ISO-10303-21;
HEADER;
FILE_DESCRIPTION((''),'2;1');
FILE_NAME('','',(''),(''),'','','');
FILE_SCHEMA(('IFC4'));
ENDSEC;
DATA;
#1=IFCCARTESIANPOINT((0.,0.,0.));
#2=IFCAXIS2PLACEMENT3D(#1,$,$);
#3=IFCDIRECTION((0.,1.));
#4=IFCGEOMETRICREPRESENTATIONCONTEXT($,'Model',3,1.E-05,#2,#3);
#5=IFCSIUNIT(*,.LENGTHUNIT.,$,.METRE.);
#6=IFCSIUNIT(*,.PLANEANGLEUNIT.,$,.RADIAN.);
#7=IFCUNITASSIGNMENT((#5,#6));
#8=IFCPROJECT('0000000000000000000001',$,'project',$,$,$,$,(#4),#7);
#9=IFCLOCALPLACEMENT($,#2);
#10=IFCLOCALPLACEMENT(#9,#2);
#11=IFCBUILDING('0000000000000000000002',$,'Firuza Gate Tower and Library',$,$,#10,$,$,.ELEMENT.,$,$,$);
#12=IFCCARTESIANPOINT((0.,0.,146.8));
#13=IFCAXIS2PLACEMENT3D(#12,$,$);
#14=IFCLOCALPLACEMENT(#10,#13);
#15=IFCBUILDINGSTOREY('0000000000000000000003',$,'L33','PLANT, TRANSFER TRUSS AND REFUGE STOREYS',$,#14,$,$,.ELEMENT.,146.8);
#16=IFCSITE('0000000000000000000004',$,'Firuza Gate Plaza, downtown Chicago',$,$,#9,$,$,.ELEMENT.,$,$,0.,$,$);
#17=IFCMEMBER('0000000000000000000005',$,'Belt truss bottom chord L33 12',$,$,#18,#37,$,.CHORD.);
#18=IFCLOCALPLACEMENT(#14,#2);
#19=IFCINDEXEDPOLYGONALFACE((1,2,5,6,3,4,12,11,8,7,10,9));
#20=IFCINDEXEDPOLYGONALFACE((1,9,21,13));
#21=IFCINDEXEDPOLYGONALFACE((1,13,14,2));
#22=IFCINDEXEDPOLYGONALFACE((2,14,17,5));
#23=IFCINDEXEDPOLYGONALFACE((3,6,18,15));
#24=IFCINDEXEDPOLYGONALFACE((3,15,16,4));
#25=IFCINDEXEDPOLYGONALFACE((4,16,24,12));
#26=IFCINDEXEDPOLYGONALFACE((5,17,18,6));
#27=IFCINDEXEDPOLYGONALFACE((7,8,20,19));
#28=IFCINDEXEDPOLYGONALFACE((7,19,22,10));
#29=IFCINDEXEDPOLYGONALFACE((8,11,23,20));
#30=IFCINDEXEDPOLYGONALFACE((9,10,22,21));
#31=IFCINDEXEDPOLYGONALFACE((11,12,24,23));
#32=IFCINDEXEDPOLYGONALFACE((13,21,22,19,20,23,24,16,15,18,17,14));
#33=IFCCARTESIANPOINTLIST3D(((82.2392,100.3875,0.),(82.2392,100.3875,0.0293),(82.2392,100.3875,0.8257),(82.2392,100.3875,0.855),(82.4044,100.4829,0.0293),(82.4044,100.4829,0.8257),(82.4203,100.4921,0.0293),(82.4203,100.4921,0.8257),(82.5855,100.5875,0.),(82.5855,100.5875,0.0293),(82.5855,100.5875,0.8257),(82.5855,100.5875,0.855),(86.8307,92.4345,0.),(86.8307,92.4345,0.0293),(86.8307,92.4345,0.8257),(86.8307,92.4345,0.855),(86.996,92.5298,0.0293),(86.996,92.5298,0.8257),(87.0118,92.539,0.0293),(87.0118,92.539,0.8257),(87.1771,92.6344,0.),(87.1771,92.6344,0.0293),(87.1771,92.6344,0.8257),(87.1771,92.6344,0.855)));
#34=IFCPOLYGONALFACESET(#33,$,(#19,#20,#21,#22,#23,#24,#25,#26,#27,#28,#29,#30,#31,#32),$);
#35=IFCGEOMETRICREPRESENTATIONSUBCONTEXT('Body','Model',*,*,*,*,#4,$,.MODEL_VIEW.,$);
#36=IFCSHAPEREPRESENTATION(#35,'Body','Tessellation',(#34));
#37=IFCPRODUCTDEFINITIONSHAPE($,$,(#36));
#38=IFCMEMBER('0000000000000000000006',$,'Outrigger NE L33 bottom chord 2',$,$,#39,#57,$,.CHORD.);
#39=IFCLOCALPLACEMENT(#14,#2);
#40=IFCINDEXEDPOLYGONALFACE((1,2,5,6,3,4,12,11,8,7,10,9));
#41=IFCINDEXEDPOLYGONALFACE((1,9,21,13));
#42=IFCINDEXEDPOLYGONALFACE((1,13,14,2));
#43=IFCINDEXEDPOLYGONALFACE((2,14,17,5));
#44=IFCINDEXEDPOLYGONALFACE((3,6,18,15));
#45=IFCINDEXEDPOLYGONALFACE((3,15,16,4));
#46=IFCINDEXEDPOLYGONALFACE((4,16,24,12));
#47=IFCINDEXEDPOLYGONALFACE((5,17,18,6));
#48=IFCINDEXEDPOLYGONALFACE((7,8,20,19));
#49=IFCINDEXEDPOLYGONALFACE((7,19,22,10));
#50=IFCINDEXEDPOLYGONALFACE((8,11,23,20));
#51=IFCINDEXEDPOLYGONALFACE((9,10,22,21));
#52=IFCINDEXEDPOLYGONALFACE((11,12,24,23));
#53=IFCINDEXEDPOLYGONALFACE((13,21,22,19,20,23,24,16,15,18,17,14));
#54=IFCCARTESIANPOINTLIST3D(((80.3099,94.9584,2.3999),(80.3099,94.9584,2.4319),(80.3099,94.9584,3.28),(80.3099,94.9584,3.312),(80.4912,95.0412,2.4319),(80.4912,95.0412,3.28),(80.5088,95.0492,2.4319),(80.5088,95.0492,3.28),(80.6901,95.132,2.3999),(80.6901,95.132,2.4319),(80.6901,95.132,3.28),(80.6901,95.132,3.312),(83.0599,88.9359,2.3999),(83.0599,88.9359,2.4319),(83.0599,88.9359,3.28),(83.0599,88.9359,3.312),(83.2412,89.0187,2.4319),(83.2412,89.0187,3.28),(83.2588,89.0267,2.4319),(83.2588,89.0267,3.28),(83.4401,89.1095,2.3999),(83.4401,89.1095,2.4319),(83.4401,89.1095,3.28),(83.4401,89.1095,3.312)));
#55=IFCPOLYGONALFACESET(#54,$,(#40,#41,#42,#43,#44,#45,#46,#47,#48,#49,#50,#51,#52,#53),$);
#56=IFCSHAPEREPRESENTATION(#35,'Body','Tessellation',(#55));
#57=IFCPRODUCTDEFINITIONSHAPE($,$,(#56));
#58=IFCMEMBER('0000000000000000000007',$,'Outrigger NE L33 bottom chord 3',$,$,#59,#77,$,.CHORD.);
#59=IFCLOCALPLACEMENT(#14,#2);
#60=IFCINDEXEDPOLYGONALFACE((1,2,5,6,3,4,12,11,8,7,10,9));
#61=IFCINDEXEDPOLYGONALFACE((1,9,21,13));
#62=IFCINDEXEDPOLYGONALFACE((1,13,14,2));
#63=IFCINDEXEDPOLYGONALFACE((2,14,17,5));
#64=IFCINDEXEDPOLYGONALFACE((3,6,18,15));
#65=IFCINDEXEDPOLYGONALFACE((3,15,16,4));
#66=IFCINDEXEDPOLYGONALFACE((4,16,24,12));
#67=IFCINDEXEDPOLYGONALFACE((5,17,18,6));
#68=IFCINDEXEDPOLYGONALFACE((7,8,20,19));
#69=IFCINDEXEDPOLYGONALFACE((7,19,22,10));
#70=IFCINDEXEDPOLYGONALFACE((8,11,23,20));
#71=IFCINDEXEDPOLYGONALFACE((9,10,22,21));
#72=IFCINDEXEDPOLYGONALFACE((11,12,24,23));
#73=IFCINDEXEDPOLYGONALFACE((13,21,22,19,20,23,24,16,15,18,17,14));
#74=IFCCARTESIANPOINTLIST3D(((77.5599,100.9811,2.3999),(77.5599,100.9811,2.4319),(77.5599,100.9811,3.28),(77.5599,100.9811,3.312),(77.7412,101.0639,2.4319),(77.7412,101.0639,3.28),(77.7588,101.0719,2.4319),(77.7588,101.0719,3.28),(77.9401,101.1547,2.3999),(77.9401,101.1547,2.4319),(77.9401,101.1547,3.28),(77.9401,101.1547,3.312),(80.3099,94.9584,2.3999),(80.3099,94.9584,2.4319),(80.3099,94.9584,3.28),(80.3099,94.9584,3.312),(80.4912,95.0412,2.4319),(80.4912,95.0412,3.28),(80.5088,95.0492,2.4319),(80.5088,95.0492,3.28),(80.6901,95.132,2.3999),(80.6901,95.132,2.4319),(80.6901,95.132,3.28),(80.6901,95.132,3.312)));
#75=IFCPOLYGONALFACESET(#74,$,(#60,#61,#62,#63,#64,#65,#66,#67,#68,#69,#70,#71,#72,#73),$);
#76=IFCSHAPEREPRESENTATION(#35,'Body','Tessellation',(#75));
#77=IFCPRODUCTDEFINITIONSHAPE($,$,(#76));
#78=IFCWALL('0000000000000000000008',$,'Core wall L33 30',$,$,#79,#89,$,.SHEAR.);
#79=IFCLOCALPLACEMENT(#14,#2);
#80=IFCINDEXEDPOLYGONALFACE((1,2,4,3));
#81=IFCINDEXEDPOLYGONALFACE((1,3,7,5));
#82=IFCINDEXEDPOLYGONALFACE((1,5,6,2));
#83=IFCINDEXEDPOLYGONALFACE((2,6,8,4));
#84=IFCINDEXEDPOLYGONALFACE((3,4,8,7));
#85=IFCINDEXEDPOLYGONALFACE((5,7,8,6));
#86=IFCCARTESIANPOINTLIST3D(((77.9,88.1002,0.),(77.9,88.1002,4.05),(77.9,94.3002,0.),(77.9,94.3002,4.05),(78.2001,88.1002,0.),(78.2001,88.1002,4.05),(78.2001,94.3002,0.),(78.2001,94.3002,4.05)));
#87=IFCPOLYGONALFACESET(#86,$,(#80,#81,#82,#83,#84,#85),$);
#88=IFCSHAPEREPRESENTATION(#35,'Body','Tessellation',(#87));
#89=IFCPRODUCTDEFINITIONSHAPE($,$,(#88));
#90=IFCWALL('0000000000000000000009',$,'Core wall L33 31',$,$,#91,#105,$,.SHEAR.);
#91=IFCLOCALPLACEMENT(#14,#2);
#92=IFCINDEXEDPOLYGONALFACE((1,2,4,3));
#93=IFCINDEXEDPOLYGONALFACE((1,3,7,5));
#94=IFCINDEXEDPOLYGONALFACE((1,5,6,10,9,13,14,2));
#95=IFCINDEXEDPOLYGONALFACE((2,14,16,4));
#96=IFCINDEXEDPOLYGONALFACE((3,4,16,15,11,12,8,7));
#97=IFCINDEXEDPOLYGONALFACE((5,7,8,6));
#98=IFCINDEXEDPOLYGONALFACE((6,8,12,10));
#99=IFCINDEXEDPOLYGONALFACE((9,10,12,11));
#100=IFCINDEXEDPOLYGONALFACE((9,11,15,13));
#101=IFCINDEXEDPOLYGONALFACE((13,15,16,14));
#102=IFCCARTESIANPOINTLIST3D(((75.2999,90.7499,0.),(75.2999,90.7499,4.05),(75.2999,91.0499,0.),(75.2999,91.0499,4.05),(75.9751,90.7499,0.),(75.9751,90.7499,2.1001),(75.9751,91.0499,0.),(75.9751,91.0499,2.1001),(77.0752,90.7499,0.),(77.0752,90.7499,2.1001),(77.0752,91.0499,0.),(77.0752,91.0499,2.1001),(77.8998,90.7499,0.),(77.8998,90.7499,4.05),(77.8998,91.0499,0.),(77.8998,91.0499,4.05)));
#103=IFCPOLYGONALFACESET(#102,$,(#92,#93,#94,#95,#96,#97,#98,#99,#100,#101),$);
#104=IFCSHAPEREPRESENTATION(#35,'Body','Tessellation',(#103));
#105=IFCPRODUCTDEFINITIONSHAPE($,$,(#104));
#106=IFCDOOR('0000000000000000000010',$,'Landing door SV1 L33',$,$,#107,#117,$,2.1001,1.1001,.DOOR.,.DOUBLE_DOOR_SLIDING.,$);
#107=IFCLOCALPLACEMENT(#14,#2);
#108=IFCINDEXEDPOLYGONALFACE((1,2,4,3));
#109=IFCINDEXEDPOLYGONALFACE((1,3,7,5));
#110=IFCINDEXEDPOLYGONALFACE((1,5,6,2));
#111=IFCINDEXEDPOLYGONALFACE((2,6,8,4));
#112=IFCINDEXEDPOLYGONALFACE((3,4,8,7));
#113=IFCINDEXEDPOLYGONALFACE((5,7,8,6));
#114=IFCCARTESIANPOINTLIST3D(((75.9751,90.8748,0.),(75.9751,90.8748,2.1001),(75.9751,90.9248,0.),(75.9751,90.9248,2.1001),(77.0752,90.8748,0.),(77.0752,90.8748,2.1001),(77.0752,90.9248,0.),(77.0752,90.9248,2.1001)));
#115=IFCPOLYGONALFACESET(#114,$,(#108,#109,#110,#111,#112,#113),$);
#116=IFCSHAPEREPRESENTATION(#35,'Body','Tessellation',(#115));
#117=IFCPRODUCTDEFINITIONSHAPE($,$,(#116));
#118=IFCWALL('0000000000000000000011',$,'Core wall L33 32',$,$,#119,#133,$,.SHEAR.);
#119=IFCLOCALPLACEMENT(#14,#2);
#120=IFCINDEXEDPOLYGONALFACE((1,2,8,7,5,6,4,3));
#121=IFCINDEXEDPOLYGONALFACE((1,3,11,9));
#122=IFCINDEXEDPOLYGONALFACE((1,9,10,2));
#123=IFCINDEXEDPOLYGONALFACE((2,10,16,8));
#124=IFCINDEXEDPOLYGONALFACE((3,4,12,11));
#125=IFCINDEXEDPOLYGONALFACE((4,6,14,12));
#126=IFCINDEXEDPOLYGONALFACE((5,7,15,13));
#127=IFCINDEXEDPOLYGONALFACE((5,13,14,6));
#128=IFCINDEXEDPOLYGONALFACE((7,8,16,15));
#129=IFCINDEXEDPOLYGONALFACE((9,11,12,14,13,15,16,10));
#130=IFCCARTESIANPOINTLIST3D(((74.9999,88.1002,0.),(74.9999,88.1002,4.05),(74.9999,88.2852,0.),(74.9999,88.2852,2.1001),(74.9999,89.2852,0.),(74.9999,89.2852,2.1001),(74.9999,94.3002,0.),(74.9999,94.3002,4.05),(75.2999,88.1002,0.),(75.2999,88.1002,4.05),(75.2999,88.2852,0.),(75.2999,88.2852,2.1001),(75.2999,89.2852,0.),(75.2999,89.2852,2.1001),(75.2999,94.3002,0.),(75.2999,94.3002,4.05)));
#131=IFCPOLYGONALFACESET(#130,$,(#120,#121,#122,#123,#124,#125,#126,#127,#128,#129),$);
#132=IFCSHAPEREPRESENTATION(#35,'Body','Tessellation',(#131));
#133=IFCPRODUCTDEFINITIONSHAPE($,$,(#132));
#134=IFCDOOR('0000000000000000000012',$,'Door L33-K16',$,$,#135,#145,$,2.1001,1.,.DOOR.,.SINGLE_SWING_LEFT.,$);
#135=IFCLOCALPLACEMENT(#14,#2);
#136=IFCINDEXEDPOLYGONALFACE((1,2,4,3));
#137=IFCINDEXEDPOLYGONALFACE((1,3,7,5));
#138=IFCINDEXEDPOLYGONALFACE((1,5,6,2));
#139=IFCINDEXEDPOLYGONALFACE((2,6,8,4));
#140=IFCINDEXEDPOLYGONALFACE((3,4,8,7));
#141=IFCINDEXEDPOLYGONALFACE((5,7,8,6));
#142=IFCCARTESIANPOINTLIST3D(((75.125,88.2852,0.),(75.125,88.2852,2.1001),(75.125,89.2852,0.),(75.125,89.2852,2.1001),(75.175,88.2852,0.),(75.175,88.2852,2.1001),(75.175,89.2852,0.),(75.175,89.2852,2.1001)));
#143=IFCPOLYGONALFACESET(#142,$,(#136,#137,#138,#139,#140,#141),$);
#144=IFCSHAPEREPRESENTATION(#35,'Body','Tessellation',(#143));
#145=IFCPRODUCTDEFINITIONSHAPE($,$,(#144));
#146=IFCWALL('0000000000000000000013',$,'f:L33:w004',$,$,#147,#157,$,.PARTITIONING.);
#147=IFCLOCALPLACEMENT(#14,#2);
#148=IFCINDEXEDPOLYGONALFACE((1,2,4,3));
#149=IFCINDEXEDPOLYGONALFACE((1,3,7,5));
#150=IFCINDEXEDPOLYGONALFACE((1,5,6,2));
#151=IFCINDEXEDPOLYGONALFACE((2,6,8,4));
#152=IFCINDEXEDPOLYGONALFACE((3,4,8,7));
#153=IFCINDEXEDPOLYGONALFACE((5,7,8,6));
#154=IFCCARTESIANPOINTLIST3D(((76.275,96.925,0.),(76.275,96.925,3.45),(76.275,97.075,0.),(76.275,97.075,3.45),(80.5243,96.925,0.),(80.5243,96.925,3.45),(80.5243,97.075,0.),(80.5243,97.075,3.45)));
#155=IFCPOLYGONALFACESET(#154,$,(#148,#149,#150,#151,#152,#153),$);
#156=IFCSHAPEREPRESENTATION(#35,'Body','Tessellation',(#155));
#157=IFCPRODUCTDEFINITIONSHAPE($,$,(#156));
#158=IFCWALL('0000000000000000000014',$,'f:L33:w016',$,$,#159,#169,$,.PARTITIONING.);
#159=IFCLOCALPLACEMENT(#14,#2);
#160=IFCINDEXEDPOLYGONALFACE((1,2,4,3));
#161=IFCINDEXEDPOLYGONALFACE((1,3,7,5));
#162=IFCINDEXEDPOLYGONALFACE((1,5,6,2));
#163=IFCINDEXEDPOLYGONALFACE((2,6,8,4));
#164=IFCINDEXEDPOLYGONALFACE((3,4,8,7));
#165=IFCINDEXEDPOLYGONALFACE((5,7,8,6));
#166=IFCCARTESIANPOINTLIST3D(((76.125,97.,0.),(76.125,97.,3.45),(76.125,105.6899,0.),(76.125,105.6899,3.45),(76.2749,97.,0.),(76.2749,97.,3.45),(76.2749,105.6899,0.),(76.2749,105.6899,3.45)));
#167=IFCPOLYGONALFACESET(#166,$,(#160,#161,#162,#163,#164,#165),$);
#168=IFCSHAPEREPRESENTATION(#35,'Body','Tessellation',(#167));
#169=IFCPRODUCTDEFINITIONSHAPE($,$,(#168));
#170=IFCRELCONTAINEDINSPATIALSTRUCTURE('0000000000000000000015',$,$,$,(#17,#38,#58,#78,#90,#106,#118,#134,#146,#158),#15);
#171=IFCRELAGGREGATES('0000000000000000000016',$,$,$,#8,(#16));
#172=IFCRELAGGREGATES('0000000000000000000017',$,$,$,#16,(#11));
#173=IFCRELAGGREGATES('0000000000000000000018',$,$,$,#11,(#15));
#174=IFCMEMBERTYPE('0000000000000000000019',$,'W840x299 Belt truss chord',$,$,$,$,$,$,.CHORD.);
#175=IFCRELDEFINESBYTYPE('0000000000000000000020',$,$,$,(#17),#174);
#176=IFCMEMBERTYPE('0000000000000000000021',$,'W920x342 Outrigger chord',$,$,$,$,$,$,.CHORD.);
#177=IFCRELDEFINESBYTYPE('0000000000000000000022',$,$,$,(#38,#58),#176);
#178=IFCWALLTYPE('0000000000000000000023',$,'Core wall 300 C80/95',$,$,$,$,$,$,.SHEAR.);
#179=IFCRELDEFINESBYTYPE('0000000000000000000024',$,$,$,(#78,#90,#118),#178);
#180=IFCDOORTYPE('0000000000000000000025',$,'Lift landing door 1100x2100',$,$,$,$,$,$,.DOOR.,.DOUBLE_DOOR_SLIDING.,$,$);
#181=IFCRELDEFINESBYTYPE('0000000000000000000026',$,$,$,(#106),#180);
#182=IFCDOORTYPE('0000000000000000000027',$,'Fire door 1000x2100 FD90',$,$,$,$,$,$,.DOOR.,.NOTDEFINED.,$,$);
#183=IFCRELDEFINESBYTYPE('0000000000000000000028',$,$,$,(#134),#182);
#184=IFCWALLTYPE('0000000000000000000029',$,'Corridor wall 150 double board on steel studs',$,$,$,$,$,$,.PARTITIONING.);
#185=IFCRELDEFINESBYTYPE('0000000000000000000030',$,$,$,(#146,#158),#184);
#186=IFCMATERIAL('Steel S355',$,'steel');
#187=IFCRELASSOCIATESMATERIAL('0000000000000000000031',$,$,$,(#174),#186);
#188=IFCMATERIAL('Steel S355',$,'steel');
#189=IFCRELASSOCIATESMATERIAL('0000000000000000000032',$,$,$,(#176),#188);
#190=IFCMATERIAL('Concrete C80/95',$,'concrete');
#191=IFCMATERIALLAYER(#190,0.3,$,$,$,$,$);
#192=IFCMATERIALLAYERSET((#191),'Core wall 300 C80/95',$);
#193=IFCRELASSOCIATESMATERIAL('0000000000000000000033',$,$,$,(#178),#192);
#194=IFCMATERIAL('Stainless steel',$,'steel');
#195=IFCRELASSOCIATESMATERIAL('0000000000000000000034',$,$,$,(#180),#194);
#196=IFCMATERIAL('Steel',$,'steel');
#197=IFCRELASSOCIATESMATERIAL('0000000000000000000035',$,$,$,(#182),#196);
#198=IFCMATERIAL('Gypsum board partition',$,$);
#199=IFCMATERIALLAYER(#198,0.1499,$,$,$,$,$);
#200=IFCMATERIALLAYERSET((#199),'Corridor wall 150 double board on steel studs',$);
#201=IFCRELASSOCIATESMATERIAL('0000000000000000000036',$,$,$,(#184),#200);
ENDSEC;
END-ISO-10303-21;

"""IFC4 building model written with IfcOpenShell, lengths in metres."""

from ifc_helpers import new_model, si_unit, direction, frame, frame_2d, origin, origin_2d, place, context, subcontext, project, spatial, rectangle, i_section, extrude, material, layer, layer_set, material_profile, profile_set, type_object, element, fill, save


model = new_model("IFC4")

# Units and contexts
model_context = context("Model", 3, precision=1e-05, world=origin(), true_north=direction((0.0, 1.0)))
body_context = subcontext(model_context, "Body", "Model", "MODEL_VIEW")
ifc_project = project(units=[si_unit("LENGTHUNIT", "METRE"), si_unit("PLANEANGLEUNIT", "RADIAN")], contexts=[model_context])

# Site, building, storey
site_placement = place(None, origin())
site = spatial("IfcSite", under=ifc_project, at=site_placement, Name="Firuza Gate Plaza, downtown Chicago", CompositionType="ELEMENT", RefElevation=0.0)
building_placement = place(site_placement, origin())
building = spatial("IfcBuilding", under=site, at=building_placement, Name="Firuza Gate Tower and Library", CompositionType="ELEMENT")
storey_placement = place(building_placement, frame((0.0, 0.0, 146.8)))
storey = spatial("IfcBuildingStorey", under=building, at=storey_placement, Name="L33", Description="PLANT, TRANSFER TRUSS AND REFUGE STOREYS", CompositionType="ELEMENT", Elevation=146.8)

# Members
ifc_material_1 = material(Name="Steel S355", Category="steel")
ifc_material_profile_1 = material_profile(ifc_material_1, i_section(OverallWidth=0.3999, OverallDepth=0.855, WebThickness=0.0183, FlangeThickness=0.0293, at=origin_2d()))
ifc_profile_set_1 = profile_set([ifc_material_profile_1], Name="Steel S355")
member_type_1 = type_object("IfcMemberType", Name="W840x299 Belt truss chord", PredefinedType="CHORD", material=ifc_profile_set_1)
member_1_placement = place(storey_placement, frame((87.0039, 92.5344, 0.4275), z_axis=(-0.499985, 0.866034, 0.0), x_axis=(-0.866034, -0.499985, 0.0)))
element("IfcMember", 1, at=member_1_placement, inside=storey, type_object=member_type_1, Name="Belt truss bottom chord L33 12", PredefinedType="CHORD", context=body_context, shape_type="SweptSolid", body=[
    extrude(i_section(OverallWidth=0.3999, OverallDepth=0.855, WebThickness=0.0183, FlangeThickness=0.0293, at=origin_2d()), origin(), (0.0, 0.0, 1.0), 9.1833),
])
ifc_material_2 = material(Name="Steel S355", Category="steel")
ifc_material_profile_2 = material_profile(ifc_material_2, i_section(OverallWidth=0.418, OverallDepth=0.9121, WebThickness=0.0193, FlangeThickness=0.032, at=origin_2d()))
ifc_profile_set_2 = profile_set([ifc_material_profile_2], Name="Steel S355")
member_type_2 = type_object("IfcMemberType", Name="W920x342 Outrigger chord", PredefinedType="CHORD", material=ifc_profile_set_2)
member_2_placement = place(storey_placement, frame((83.25, 89.0227, 2.856), z_axis=(-0.415369, 0.909653, 0.0), x_axis=(-0.909653, -0.415369, 0.0)))
element("IfcMember", 2, at=member_2_placement, inside=storey, type_object=member_type_2, Name="Outrigger NE L33 bottom chord 2", PredefinedType="CHORD", context=body_context, shape_type="SweptSolid", body=[
    extrude(i_section(OverallWidth=0.418, OverallDepth=0.9121, WebThickness=0.0193, FlangeThickness=0.032, at=origin_2d()), origin(), (0.0, 0.0, 1.0), 6.6206),
])
member_3_placement = place(storey_placement, frame((80.5, 95.0452, 2.856), z_axis=(-0.415355, 0.909659, 0.0), x_axis=(-0.909659, -0.415355, 0.0)))
element("IfcMember", 3, at=member_3_placement, inside=storey, type_object=member_type_2, Name="Outrigger NE L33 bottom chord 3", PredefinedType="CHORD", context=body_context, shape_type="SweptSolid", body=[
    extrude(i_section(OverallWidth=0.418, OverallDepth=0.9121, WebThickness=0.0193, FlangeThickness=0.032, at=origin_2d()), origin(), (0.0, 0.0, 1.0), 6.6208),
])

# Wall
ifc_material_3 = material(Name="Concrete C80/95", Category="concrete")
ifc_layer_1 = layer(ifc_material_3, 0.3)
ifc_layer_set_1 = layer_set([ifc_layer_1], Name="Core wall 300 C80/95")
wall_type_1 = type_object("IfcWallType", Name="Core wall 300 C80/95", PredefinedType="SHEAR", material=ifc_layer_set_1)
wall_1_placement = place(storey_placement, frame((78.05, 88.1001, 0.0), z_axis=(0.0, 0.0, 1.0), x_axis=(0.0, 1.0, 0.0)))
element("IfcWall", 4, at=wall_1_placement, inside=storey, type_object=wall_type_1, Name="Core wall L33 30", PredefinedType="SHEAR", context=body_context, shape_type="SweptSolid", body=[
    extrude(rectangle(XDim=6.2, YDim=0.3, at=frame_2d((3.1001, 0.0))), origin(), (0.0, 0.0, 1.0), 4.05),
])

# Walls, openings, doors
wall_2_placement = place(storey_placement, frame((75.3, 90.8999, 0.0), z_axis=(0.0, 0.0, 1.0), x_axis=(1.0, 0.0, 0.0)))
wall_2 = element("IfcWall", 5, at=wall_2_placement, inside=storey, type_object=wall_type_1, Name="Core wall L33 31", PredefinedType="SHEAR", context=body_context, shape_type="SweptSolid", body=[
    extrude(rectangle(XDim=2.5999, YDim=0.3, at=frame_2d((1.2998, 0.0))), origin(), (0.0, 0.0, 1.0), 4.05),
])
opening_1_placement = place(wall_2_placement, frame((0.675, 0.0, 0.0)))
opening_1 = element("IfcOpeningElement", 6, at=opening_1_placement, cuts=wall_2, PredefinedType="OPENING", context=body_context, shape_type="SweptSolid", body=[
    extrude(rectangle(XDim=1.1001, YDim=2.1001, at=frame_2d((0.55, 1.05))), frame((0.0, 0.1602, 0.0), z_axis=(0.0, -1.0, 0.0), x_axis=(1.0, 0.0, 0.0)), (0.0, 0.0, 1.0), 0.3201),
])
ifc_material_4 = material(Name="Stainless steel", Category="steel")
door_type_1 = type_object("IfcDoorType", Name="Lift landing door 1100x2100", OperationType="DOUBLE_DOOR_SLIDING", PredefinedType="DOOR", material=ifc_material_4)
door_1_placement = place(opening_1_placement, origin())
door_1 = element("IfcDoor", 7, at=door_1_placement, inside=storey, type_object=door_type_1, Name="Landing door SV1 L33", OperationType="DOUBLE_DOOR_SLIDING", OverallHeight=2.1001, OverallWidth=1.1001, PredefinedType="DOOR", context=body_context, shape_type="SweptSolid", body=[
    extrude(rectangle(XDim=1.1001, YDim=2.1001, at=frame_2d((0.55, 1.05))), frame((0.0, 0.0249, 0.0), z_axis=(0.0, -1.0, 0.0), x_axis=(1.0, 0.0, 0.0)), (0.0, 0.0, 1.0), 0.05),
])
fill(opening_1, door_1)
wall_3_placement = place(storey_placement, frame((75.1499, 88.1001, 0.0), z_axis=(0.0, 0.0, 1.0), x_axis=(0.0, 1.0, 0.0)))
wall_3 = element("IfcWall", 8, at=wall_3_placement, inside=storey, type_object=wall_type_1, Name="Core wall L33 32", PredefinedType="SHEAR", context=body_context, shape_type="SweptSolid", body=[
    extrude(rectangle(XDim=6.2, YDim=0.3, at=frame_2d((3.1001, 0.0))), origin(), (0.0, 0.0, 1.0), 4.05),
])
opening_2_placement = place(wall_3_placement, frame((0.1851, 0.0, 0.0)))
opening_2 = element("IfcOpeningElement", 9, at=opening_2_placement, cuts=wall_3, PredefinedType="OPENING", context=body_context, shape_type="SweptSolid", body=[
    extrude(rectangle(XDim=1.0, YDim=2.1001, at=frame_2d((0.5, 1.05))), frame((0.0, 0.1602, 0.0), z_axis=(0.0, -1.0, 0.0), x_axis=(1.0, 0.0, 0.0)), (0.0, 0.0, 1.0), 0.3201),
])
ifc_material_5 = material(Name="Steel", Category="steel")
door_type_2 = type_object("IfcDoorType", Name="Fire door 1000x2100 FD90", OperationType="NOTDEFINED", PredefinedType="DOOR", material=ifc_material_5)
door_2_placement = place(opening_2_placement, origin())
door_2 = element("IfcDoor", 10, at=door_2_placement, inside=storey, type_object=door_type_2, Name="Door L33-K16", OperationType="SINGLE_SWING_LEFT", OverallHeight=2.1001, OverallWidth=1.0, PredefinedType="DOOR", context=body_context, shape_type="SweptSolid", body=[
    extrude(rectangle(XDim=1.0, YDim=2.1001, at=frame_2d((0.5, 1.05))), frame((0.0, 0.0249, 0.0), z_axis=(0.0, -1.0, 0.0), x_axis=(1.0, 0.0, 0.0)), (0.0, 0.0, 1.0), 0.05),
])
fill(opening_2, door_2)

# Walls
ifc_material_6 = material(Name="Gypsum board partition")
ifc_layer_2 = layer(ifc_material_6, 0.1499)
ifc_layer_set_2 = layer_set([ifc_layer_2], Name="Corridor wall 150 double board on steel studs")
wall_type_2 = type_object("IfcWallType", Name="Corridor wall 150 double board on steel studs", PredefinedType="PARTITIONING", material=ifc_layer_set_2)
wall_4_placement = place(storey_placement, frame((76.2751, 97.0, 0.0), z_axis=(0.0, 0.0, 1.0), x_axis=(1.0, 0.0, 0.0)))
element("IfcWall", 11, at=wall_4_placement, inside=storey, type_object=wall_type_2, Name="f:L33:w004", PredefinedType="PARTITIONING", context=body_context, shape_type="SweptSolid", body=[
    extrude(rectangle(XDim=4.2493, YDim=0.1499, at=frame_2d((2.1245, 0.0))), origin(), (0.0, 0.0, 1.0), 3.45),
])
wall_5_placement = place(storey_placement, frame((76.2, 97.0, 0.0), z_axis=(0.0, 0.0, 1.0), x_axis=(0.0, 1.0, 0.0)))
element("IfcWall", 12, at=wall_5_placement, inside=storey, type_object=wall_type_2, Name="f:L33:w016", PredefinedType="PARTITIONING", context=body_context, shape_type="SweptSolid", body=[
    extrude(rectangle(XDim=8.6899, YDim=0.1499, at=frame_2d((4.345, 0.0))), origin(), (0.0, 0.0, 1.0), 3.45),
])

save(model, "model.ifc")
